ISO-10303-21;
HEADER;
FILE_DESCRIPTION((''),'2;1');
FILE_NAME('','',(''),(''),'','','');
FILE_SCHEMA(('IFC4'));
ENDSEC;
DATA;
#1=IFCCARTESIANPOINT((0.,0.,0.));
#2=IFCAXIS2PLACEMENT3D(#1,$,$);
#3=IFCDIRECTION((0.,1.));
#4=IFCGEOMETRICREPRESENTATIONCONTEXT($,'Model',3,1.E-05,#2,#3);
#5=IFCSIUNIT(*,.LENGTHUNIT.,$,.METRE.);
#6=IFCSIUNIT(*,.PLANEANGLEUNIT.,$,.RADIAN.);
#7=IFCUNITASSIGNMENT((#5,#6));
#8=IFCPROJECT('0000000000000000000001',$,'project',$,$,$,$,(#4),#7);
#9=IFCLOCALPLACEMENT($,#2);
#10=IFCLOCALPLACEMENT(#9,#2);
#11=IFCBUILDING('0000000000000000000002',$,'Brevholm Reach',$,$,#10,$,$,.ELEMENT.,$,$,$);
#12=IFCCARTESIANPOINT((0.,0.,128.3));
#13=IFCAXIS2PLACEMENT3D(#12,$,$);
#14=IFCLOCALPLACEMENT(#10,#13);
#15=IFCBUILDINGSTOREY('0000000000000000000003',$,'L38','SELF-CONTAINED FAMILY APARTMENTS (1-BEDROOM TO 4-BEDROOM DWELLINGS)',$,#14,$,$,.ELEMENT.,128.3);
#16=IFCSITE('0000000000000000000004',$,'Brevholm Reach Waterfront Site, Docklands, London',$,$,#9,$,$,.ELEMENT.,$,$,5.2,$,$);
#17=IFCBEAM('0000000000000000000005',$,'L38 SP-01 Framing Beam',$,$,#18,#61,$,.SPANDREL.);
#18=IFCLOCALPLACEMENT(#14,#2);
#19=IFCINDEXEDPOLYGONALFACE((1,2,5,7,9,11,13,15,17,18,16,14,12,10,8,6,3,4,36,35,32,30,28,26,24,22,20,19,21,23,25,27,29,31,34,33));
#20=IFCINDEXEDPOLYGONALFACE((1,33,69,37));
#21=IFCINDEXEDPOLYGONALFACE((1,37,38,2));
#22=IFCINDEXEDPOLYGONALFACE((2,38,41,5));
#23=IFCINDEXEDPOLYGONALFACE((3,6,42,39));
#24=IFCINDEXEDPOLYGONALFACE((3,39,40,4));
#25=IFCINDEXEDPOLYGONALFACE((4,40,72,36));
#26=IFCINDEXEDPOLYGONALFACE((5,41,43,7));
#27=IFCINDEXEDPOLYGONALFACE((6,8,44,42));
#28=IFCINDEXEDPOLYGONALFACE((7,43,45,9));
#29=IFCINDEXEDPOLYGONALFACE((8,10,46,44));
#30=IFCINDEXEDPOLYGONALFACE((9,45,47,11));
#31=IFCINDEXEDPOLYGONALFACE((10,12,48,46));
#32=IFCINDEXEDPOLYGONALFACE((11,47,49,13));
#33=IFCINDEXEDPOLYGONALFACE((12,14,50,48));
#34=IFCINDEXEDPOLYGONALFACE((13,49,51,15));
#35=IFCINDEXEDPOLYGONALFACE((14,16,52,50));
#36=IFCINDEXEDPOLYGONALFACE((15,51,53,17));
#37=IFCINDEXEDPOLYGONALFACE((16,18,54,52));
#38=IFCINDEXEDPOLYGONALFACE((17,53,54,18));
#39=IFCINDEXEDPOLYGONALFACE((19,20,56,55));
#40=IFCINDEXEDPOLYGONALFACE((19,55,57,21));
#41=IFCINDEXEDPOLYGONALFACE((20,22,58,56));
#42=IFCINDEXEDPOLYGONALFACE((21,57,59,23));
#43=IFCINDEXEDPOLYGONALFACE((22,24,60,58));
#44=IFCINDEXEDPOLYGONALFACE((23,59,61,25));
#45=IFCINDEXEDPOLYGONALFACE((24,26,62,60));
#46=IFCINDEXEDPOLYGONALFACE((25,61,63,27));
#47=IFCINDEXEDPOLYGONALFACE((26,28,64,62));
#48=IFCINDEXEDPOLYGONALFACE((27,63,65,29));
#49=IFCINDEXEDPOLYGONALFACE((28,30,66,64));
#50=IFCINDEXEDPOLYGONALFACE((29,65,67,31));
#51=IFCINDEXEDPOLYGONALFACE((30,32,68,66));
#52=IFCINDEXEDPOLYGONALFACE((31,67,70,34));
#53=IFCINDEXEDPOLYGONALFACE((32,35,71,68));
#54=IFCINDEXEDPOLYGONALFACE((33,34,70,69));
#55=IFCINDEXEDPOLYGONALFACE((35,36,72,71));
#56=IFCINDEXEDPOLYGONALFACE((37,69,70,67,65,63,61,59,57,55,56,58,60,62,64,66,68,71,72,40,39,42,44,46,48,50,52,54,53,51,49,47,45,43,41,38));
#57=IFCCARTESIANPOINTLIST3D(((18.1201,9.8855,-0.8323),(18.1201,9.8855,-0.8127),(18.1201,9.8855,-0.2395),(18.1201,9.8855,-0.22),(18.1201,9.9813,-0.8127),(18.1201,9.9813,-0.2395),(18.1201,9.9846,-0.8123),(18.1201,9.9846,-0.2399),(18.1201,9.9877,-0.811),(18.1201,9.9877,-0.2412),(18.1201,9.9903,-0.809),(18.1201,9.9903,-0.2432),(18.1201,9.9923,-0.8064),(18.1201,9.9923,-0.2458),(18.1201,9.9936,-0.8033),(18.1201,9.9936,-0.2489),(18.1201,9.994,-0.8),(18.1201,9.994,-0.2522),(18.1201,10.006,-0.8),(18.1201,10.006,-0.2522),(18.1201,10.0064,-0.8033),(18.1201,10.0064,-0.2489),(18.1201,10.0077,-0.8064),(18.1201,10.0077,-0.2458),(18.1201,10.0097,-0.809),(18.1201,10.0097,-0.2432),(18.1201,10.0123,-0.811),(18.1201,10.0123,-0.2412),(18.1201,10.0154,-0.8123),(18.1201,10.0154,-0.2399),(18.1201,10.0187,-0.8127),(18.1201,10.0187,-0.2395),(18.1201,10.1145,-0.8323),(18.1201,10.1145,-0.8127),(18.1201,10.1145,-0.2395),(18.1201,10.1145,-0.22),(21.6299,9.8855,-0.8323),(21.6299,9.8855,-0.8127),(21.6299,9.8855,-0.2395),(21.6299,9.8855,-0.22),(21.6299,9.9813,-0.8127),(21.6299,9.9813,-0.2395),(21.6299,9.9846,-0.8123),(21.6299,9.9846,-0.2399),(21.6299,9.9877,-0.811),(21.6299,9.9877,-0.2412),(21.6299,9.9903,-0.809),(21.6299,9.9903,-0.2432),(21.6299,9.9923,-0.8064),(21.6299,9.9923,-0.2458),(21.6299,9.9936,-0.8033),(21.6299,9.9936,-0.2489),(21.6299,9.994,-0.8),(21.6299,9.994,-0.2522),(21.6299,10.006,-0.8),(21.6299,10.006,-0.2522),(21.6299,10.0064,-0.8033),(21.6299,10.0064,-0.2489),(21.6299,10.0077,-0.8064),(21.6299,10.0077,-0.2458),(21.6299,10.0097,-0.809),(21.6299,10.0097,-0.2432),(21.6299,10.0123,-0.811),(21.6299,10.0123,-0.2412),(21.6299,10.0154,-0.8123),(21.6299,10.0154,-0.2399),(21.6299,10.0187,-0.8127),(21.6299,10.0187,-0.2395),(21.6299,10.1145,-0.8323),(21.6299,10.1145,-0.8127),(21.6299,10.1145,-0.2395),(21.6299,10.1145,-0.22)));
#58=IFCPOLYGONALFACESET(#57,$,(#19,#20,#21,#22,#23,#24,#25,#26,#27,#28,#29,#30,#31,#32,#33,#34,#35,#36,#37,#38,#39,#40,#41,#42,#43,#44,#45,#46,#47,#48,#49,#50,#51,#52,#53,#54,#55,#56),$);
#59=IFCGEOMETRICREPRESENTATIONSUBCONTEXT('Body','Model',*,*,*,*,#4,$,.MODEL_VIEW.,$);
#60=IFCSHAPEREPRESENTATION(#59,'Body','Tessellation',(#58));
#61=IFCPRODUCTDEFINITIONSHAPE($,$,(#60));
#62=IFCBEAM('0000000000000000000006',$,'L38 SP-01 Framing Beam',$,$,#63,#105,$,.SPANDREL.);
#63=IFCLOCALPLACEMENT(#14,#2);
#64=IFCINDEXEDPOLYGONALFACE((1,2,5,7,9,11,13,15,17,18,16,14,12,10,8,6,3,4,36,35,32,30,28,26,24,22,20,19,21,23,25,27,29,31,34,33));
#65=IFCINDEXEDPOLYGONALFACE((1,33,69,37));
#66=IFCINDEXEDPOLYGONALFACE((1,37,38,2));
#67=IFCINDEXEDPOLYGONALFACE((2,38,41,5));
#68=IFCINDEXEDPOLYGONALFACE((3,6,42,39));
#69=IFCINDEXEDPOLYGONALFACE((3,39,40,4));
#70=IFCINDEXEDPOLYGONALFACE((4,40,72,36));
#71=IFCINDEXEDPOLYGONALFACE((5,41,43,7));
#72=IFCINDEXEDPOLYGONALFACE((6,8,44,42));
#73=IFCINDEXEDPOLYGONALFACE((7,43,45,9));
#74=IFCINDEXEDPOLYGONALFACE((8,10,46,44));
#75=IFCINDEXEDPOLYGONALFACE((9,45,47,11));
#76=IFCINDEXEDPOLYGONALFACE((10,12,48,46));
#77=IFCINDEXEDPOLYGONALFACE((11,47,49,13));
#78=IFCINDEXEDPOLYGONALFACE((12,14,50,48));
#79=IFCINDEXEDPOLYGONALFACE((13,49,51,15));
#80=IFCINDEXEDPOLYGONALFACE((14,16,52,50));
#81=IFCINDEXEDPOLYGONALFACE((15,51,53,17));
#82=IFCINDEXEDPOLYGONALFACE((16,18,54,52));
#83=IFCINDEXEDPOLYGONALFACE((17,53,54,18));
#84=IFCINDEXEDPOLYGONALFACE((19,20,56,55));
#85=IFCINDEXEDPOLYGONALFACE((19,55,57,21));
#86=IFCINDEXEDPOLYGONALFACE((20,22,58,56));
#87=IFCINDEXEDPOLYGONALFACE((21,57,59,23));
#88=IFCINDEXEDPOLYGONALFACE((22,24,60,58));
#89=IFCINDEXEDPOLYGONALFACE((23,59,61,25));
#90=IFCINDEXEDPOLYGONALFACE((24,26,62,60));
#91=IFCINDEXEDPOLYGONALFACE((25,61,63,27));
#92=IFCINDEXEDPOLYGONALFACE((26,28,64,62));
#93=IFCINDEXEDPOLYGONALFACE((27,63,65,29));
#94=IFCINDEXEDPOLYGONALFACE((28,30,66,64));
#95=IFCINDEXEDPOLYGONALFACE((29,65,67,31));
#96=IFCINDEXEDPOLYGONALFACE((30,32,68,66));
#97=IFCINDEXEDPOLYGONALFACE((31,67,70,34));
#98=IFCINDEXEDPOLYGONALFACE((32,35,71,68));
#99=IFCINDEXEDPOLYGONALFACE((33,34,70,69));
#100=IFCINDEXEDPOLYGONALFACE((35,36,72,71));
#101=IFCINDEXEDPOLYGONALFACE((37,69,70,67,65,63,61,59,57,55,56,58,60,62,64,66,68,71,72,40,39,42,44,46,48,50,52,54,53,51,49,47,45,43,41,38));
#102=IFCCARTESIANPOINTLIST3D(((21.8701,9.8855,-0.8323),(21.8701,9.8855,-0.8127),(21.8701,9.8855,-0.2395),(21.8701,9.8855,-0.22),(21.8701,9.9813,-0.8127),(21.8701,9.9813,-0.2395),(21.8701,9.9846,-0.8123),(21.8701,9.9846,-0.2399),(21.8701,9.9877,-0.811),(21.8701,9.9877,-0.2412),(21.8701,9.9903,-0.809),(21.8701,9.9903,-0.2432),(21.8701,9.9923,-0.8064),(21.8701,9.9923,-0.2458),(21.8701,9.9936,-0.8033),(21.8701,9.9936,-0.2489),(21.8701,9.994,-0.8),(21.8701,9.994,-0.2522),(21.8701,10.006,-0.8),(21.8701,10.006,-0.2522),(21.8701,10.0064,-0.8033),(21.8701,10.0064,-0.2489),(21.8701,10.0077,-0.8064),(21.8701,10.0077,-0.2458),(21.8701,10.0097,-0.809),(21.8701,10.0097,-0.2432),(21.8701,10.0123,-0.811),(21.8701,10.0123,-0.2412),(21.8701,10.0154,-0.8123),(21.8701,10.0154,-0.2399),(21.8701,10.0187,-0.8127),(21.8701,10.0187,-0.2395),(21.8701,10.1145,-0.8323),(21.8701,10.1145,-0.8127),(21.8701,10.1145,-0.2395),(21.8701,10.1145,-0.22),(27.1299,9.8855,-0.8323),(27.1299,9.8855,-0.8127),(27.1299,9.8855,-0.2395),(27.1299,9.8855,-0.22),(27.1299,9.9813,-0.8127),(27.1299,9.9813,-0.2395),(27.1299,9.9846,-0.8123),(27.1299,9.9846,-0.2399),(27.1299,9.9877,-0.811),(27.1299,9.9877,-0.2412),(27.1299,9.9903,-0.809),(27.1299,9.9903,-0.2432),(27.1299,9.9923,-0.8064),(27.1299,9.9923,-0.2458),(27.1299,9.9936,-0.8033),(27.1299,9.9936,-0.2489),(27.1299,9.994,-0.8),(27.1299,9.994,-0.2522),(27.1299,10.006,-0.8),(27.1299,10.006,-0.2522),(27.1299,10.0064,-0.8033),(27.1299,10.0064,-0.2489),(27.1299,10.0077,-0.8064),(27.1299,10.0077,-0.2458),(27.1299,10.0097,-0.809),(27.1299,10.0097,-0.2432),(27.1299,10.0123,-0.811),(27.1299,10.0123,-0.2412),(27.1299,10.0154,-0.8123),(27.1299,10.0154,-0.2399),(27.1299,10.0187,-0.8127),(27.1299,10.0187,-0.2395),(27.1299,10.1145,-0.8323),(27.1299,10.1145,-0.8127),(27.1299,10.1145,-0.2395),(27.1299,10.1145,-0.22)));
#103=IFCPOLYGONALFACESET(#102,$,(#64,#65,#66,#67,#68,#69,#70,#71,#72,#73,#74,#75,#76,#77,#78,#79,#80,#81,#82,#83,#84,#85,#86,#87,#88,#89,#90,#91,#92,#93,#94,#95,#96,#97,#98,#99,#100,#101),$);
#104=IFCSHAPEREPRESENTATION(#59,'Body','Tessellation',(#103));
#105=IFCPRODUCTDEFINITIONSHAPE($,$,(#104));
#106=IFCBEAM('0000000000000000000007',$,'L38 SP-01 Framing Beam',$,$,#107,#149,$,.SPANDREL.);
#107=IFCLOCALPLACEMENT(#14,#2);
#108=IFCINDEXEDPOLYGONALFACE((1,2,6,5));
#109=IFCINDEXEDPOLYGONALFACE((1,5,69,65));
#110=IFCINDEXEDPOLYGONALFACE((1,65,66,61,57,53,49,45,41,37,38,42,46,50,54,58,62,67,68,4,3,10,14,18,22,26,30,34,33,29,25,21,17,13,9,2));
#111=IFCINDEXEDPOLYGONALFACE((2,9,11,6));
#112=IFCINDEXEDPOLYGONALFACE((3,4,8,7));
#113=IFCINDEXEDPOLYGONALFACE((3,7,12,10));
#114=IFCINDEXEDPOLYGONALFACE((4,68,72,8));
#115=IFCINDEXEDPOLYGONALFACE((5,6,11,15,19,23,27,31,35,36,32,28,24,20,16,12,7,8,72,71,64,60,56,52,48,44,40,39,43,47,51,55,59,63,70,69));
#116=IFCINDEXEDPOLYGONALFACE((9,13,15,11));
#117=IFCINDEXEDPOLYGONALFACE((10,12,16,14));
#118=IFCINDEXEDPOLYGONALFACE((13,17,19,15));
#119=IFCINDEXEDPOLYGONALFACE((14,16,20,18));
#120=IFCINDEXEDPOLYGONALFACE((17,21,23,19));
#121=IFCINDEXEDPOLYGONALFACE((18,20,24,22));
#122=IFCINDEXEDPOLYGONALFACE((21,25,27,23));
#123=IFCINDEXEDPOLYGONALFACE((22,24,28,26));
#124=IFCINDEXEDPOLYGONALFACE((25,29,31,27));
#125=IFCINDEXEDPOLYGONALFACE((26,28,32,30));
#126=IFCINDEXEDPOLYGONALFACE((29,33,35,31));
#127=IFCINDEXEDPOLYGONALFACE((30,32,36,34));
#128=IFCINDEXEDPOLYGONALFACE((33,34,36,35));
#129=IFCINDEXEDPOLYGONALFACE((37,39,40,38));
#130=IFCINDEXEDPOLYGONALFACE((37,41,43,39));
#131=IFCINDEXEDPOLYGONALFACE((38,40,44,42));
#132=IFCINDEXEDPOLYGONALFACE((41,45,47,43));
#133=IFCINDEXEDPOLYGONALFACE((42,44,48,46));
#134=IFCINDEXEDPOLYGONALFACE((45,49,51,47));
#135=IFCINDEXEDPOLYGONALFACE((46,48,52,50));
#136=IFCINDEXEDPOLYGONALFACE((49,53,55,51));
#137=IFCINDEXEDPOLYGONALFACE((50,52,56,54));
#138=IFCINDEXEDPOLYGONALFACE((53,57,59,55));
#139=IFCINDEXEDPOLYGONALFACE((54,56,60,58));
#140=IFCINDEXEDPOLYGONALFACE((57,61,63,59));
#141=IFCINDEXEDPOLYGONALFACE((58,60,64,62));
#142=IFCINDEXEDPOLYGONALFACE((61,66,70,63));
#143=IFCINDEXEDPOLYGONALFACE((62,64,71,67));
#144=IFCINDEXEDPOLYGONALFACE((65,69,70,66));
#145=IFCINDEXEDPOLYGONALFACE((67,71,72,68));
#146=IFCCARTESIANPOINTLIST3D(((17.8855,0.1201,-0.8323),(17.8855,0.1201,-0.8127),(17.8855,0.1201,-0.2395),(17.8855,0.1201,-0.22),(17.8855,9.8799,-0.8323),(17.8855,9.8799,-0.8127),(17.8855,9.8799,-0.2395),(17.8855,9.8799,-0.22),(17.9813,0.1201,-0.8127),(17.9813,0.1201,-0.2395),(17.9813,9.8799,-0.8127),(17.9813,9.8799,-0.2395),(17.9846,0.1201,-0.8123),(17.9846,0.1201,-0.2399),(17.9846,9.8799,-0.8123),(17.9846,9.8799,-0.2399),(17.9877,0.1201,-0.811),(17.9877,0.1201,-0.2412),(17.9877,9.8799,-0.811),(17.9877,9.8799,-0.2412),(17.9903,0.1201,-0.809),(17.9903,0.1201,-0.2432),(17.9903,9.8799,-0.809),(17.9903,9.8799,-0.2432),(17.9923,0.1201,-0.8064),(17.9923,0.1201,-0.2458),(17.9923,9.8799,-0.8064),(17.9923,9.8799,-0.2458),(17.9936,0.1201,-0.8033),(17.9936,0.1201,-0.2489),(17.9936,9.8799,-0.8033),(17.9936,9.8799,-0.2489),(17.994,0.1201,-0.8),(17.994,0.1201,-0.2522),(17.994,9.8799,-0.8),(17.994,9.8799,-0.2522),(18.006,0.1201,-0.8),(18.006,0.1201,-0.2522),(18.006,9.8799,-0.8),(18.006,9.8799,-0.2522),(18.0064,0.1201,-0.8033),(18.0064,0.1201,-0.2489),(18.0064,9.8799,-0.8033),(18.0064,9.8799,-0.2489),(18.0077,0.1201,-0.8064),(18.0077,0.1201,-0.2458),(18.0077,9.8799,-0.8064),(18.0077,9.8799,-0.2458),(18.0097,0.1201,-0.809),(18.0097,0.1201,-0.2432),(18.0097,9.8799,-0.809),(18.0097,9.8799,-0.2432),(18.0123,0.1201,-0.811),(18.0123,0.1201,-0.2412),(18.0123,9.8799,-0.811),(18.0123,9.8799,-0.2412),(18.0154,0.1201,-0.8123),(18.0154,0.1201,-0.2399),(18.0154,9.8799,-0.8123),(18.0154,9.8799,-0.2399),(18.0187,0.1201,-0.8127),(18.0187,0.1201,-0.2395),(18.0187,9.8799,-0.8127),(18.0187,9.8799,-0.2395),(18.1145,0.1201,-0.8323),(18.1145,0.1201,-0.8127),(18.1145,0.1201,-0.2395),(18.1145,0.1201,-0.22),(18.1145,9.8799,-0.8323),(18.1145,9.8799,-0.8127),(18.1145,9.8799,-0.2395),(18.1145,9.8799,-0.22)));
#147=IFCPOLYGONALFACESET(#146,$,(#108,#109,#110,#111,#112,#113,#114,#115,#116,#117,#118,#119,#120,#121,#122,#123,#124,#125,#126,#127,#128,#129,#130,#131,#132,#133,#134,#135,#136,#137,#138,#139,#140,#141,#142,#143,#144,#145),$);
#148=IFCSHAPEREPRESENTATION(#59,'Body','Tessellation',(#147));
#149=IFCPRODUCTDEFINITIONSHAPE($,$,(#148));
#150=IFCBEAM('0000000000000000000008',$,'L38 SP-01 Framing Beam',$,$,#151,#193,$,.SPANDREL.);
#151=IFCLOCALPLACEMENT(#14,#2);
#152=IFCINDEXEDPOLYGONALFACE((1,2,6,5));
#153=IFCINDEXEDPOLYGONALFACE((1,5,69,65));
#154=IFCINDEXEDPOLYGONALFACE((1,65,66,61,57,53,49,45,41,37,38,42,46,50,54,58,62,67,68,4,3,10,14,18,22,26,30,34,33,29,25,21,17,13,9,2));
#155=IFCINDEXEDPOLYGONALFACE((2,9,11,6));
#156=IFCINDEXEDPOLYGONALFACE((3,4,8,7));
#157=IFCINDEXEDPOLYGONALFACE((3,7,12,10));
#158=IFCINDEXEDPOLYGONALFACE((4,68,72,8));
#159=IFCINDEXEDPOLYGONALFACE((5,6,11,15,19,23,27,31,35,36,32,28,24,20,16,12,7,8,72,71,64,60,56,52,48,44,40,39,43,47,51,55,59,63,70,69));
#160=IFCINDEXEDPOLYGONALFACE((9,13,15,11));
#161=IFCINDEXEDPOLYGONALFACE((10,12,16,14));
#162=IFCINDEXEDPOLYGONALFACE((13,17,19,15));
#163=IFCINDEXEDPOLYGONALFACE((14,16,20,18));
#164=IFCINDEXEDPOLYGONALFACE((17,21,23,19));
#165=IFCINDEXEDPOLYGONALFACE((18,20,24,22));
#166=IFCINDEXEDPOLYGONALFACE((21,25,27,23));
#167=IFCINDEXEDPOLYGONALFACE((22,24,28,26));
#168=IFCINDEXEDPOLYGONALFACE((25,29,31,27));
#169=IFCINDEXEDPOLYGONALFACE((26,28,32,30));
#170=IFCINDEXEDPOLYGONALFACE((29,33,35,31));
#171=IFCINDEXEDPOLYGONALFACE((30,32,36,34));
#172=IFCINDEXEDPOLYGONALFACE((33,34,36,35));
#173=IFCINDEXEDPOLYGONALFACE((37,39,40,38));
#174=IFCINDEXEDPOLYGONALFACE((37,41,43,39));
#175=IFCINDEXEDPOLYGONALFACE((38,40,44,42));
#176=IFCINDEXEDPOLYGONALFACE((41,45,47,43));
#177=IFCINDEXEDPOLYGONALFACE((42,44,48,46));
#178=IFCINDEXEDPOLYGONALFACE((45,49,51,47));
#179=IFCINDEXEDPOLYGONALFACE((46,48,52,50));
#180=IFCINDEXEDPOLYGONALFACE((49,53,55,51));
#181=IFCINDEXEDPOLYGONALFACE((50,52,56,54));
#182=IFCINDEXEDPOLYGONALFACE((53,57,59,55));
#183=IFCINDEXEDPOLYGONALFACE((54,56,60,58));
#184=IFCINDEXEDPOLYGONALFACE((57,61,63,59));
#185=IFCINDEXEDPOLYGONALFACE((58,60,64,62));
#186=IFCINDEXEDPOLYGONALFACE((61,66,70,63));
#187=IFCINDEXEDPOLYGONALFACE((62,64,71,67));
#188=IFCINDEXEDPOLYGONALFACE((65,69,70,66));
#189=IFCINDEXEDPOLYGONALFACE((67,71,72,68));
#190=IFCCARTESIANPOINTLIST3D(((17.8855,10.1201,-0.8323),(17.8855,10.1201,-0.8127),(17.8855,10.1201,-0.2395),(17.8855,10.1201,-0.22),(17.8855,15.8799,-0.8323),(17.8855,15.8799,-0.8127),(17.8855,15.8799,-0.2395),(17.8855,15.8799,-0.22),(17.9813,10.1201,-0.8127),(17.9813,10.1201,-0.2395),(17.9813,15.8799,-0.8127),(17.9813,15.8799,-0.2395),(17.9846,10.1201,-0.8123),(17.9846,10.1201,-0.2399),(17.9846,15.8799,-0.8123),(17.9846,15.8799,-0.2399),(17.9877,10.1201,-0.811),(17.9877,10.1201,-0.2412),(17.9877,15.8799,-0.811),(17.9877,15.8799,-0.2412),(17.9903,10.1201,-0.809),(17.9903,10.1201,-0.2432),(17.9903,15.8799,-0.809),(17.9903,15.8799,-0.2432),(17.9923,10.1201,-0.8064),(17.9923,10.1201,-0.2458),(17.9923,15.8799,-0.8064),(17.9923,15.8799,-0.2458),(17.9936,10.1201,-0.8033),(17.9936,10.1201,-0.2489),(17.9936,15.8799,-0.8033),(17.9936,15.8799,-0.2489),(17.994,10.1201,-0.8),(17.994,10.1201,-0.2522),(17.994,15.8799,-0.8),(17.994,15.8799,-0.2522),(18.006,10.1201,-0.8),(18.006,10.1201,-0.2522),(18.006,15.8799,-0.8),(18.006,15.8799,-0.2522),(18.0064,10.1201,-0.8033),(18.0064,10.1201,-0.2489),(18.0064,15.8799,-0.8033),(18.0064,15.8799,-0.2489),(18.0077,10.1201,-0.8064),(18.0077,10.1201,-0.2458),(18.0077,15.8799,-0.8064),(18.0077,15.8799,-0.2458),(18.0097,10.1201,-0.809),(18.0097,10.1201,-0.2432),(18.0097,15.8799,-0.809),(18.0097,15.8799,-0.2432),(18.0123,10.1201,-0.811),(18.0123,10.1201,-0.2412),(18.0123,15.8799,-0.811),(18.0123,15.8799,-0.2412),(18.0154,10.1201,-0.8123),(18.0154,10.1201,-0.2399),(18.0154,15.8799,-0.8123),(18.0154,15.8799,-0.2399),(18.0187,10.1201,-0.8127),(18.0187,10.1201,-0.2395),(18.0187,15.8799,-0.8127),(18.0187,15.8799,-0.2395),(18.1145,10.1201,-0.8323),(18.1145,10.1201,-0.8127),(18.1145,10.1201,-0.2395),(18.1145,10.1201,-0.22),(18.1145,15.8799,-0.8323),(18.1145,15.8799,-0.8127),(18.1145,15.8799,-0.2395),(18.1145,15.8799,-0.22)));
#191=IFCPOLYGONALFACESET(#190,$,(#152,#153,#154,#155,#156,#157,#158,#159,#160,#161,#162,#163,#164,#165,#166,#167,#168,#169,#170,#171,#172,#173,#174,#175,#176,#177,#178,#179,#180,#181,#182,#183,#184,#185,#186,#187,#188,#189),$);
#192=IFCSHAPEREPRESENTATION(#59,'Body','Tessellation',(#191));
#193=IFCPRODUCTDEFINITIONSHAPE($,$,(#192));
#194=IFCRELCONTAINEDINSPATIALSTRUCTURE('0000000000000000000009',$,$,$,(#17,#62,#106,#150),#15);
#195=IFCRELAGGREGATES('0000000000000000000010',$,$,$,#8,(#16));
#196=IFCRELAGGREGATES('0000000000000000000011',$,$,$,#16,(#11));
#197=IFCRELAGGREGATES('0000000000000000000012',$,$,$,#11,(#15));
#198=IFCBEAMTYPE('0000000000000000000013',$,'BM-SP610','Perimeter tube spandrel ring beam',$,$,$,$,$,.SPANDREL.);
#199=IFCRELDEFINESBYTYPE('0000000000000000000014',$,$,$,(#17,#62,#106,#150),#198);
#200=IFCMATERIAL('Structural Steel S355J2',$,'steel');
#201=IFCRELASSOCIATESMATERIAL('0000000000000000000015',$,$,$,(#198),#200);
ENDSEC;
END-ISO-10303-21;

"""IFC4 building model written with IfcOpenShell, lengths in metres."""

from ifc_helpers import new_model, si_unit, direction, frame, origin, origin_2d, place, context, subcontext, project, spatial, i_section, extrude, material, material_profile, profile_set, type_object, element, save


model = new_model("IFC4")

# Units and contexts
model_context = context("Model", 3, precision=1e-05, world=origin(), true_north=direction((0.0, 1.0)))
body_context = subcontext(model_context, "Body", "Model", "MODEL_VIEW")
ifc_project = project(units=[si_unit("LENGTHUNIT", "METRE"), si_unit("PLANEANGLEUNIT", "RADIAN")], contexts=[model_context])

# Site, building, storey
site_placement = place(None, origin())
site = spatial("IfcSite", under=ifc_project, at=site_placement, Name="Brevholm Reach Waterfront Site, Docklands, London", CompositionType="ELEMENT", RefElevation=5.2)
building_placement = place(site_placement, origin())
building = spatial("IfcBuilding", under=site, at=building_placement, Name="Brevholm Reach", CompositionType="ELEMENT")
storey_placement = place(building_placement, frame((0.0, 0.0, 128.3)))
storey = spatial("IfcBuildingStorey", under=building, at=storey_placement, Name="L38", Description="SELF-CONTAINED FAMILY APARTMENTS (1-BEDROOM TO 4-BEDROOM DWELLINGS)", CompositionType="ELEMENT", Elevation=128.3)

# Beams
ifc_material_1 = material(Name="Structural Steel S355J2", Category="steel")
ifc_material_profile_1 = material_profile(ifc_material_1, i_section(OverallWidth=0.229, OverallDepth=0.6123, WebThickness=0.012, FlangeThickness=0.0195, FilletRadius=0.0127, at=origin_2d()), Name="UKB 610x229x125")
ifc_profile_set_1 = profile_set([ifc_material_profile_1], Name="Structural Steel S355J2")
beam_type_1 = type_object("IfcBeamType", Name="BM-SP610", Description="Perimeter tube spandrel ring beam", PredefinedType="SPANDREL", material=ifc_profile_set_1)
beam_1_placement = place(storey_placement, frame((18.1201, 10.0, -0.5261), z_axis=(1.0, 0.0, 0.0), x_axis=(0.0, 1.0, 0.0)))
element("IfcBeam", 1, at=beam_1_placement, inside=storey, type_object=beam_type_1, Name="L38 SP-01 Framing Beam", PredefinedType="SPANDREL", context=body_context, shape_type="SweptSolid", body=[
    extrude(i_section(OverallWidth=0.229, OverallDepth=0.6123, WebThickness=0.012, FlangeThickness=0.0195, FilletRadius=0.0127, at=origin_2d()), origin(), (0.0, 0.0, 1.0), 3.5098),
])
beam_2_placement = place(storey_placement, frame((21.8701, 10.0, -0.5261), z_axis=(1.0, 0.0, 0.0), x_axis=(0.0, 1.0, 0.0)))
element("IfcBeam", 2, at=beam_2_placement, inside=storey, type_object=beam_type_1, Name="L38 SP-01 Framing Beam", PredefinedType="SPANDREL", context=body_context, shape_type="SweptSolid", body=[
    extrude(i_section(OverallWidth=0.229, OverallDepth=0.6123, WebThickness=0.012, FlangeThickness=0.0195, FilletRadius=0.0127, at=origin_2d()), origin(), (0.0, 0.0, 1.0), 5.2598),
])
beam_3_placement = place(storey_placement, frame((18.0, 0.1201, -0.5261), z_axis=(0.0, 1.0, 0.0), x_axis=(-1.0, 0.0, 0.0)))
element("IfcBeam", 3, at=beam_3_placement, inside=storey, type_object=beam_type_1, Name="L38 SP-01 Framing Beam", PredefinedType="SPANDREL", context=body_context, shape_type="SweptSolid", body=[
    extrude(i_section(OverallWidth=0.229, OverallDepth=0.6123, WebThickness=0.012, FlangeThickness=0.0195, FilletRadius=0.0127, at=origin_2d()), origin(), (0.0, 0.0, 1.0), 9.7598),
])
beam_4_placement = place(storey_placement, frame((18.0, 10.1201, -0.5261), z_axis=(0.0, 1.0, 0.0), x_axis=(-1.0, 0.0, 0.0)))
element("IfcBeam", 4, at=beam_4_placement, inside=storey, type_object=beam_type_1, Name="L38 SP-01 Framing Beam", PredefinedType="SPANDREL", context=body_context, shape_type="SweptSolid", body=[
    extrude(i_section(OverallWidth=0.229, OverallDepth=0.6123, WebThickness=0.012, FlangeThickness=0.0195, FilletRadius=0.0127, at=origin_2d()), origin(), (0.0, 0.0, 1.0), 5.7598),
])

save(model, "model.ifc")
